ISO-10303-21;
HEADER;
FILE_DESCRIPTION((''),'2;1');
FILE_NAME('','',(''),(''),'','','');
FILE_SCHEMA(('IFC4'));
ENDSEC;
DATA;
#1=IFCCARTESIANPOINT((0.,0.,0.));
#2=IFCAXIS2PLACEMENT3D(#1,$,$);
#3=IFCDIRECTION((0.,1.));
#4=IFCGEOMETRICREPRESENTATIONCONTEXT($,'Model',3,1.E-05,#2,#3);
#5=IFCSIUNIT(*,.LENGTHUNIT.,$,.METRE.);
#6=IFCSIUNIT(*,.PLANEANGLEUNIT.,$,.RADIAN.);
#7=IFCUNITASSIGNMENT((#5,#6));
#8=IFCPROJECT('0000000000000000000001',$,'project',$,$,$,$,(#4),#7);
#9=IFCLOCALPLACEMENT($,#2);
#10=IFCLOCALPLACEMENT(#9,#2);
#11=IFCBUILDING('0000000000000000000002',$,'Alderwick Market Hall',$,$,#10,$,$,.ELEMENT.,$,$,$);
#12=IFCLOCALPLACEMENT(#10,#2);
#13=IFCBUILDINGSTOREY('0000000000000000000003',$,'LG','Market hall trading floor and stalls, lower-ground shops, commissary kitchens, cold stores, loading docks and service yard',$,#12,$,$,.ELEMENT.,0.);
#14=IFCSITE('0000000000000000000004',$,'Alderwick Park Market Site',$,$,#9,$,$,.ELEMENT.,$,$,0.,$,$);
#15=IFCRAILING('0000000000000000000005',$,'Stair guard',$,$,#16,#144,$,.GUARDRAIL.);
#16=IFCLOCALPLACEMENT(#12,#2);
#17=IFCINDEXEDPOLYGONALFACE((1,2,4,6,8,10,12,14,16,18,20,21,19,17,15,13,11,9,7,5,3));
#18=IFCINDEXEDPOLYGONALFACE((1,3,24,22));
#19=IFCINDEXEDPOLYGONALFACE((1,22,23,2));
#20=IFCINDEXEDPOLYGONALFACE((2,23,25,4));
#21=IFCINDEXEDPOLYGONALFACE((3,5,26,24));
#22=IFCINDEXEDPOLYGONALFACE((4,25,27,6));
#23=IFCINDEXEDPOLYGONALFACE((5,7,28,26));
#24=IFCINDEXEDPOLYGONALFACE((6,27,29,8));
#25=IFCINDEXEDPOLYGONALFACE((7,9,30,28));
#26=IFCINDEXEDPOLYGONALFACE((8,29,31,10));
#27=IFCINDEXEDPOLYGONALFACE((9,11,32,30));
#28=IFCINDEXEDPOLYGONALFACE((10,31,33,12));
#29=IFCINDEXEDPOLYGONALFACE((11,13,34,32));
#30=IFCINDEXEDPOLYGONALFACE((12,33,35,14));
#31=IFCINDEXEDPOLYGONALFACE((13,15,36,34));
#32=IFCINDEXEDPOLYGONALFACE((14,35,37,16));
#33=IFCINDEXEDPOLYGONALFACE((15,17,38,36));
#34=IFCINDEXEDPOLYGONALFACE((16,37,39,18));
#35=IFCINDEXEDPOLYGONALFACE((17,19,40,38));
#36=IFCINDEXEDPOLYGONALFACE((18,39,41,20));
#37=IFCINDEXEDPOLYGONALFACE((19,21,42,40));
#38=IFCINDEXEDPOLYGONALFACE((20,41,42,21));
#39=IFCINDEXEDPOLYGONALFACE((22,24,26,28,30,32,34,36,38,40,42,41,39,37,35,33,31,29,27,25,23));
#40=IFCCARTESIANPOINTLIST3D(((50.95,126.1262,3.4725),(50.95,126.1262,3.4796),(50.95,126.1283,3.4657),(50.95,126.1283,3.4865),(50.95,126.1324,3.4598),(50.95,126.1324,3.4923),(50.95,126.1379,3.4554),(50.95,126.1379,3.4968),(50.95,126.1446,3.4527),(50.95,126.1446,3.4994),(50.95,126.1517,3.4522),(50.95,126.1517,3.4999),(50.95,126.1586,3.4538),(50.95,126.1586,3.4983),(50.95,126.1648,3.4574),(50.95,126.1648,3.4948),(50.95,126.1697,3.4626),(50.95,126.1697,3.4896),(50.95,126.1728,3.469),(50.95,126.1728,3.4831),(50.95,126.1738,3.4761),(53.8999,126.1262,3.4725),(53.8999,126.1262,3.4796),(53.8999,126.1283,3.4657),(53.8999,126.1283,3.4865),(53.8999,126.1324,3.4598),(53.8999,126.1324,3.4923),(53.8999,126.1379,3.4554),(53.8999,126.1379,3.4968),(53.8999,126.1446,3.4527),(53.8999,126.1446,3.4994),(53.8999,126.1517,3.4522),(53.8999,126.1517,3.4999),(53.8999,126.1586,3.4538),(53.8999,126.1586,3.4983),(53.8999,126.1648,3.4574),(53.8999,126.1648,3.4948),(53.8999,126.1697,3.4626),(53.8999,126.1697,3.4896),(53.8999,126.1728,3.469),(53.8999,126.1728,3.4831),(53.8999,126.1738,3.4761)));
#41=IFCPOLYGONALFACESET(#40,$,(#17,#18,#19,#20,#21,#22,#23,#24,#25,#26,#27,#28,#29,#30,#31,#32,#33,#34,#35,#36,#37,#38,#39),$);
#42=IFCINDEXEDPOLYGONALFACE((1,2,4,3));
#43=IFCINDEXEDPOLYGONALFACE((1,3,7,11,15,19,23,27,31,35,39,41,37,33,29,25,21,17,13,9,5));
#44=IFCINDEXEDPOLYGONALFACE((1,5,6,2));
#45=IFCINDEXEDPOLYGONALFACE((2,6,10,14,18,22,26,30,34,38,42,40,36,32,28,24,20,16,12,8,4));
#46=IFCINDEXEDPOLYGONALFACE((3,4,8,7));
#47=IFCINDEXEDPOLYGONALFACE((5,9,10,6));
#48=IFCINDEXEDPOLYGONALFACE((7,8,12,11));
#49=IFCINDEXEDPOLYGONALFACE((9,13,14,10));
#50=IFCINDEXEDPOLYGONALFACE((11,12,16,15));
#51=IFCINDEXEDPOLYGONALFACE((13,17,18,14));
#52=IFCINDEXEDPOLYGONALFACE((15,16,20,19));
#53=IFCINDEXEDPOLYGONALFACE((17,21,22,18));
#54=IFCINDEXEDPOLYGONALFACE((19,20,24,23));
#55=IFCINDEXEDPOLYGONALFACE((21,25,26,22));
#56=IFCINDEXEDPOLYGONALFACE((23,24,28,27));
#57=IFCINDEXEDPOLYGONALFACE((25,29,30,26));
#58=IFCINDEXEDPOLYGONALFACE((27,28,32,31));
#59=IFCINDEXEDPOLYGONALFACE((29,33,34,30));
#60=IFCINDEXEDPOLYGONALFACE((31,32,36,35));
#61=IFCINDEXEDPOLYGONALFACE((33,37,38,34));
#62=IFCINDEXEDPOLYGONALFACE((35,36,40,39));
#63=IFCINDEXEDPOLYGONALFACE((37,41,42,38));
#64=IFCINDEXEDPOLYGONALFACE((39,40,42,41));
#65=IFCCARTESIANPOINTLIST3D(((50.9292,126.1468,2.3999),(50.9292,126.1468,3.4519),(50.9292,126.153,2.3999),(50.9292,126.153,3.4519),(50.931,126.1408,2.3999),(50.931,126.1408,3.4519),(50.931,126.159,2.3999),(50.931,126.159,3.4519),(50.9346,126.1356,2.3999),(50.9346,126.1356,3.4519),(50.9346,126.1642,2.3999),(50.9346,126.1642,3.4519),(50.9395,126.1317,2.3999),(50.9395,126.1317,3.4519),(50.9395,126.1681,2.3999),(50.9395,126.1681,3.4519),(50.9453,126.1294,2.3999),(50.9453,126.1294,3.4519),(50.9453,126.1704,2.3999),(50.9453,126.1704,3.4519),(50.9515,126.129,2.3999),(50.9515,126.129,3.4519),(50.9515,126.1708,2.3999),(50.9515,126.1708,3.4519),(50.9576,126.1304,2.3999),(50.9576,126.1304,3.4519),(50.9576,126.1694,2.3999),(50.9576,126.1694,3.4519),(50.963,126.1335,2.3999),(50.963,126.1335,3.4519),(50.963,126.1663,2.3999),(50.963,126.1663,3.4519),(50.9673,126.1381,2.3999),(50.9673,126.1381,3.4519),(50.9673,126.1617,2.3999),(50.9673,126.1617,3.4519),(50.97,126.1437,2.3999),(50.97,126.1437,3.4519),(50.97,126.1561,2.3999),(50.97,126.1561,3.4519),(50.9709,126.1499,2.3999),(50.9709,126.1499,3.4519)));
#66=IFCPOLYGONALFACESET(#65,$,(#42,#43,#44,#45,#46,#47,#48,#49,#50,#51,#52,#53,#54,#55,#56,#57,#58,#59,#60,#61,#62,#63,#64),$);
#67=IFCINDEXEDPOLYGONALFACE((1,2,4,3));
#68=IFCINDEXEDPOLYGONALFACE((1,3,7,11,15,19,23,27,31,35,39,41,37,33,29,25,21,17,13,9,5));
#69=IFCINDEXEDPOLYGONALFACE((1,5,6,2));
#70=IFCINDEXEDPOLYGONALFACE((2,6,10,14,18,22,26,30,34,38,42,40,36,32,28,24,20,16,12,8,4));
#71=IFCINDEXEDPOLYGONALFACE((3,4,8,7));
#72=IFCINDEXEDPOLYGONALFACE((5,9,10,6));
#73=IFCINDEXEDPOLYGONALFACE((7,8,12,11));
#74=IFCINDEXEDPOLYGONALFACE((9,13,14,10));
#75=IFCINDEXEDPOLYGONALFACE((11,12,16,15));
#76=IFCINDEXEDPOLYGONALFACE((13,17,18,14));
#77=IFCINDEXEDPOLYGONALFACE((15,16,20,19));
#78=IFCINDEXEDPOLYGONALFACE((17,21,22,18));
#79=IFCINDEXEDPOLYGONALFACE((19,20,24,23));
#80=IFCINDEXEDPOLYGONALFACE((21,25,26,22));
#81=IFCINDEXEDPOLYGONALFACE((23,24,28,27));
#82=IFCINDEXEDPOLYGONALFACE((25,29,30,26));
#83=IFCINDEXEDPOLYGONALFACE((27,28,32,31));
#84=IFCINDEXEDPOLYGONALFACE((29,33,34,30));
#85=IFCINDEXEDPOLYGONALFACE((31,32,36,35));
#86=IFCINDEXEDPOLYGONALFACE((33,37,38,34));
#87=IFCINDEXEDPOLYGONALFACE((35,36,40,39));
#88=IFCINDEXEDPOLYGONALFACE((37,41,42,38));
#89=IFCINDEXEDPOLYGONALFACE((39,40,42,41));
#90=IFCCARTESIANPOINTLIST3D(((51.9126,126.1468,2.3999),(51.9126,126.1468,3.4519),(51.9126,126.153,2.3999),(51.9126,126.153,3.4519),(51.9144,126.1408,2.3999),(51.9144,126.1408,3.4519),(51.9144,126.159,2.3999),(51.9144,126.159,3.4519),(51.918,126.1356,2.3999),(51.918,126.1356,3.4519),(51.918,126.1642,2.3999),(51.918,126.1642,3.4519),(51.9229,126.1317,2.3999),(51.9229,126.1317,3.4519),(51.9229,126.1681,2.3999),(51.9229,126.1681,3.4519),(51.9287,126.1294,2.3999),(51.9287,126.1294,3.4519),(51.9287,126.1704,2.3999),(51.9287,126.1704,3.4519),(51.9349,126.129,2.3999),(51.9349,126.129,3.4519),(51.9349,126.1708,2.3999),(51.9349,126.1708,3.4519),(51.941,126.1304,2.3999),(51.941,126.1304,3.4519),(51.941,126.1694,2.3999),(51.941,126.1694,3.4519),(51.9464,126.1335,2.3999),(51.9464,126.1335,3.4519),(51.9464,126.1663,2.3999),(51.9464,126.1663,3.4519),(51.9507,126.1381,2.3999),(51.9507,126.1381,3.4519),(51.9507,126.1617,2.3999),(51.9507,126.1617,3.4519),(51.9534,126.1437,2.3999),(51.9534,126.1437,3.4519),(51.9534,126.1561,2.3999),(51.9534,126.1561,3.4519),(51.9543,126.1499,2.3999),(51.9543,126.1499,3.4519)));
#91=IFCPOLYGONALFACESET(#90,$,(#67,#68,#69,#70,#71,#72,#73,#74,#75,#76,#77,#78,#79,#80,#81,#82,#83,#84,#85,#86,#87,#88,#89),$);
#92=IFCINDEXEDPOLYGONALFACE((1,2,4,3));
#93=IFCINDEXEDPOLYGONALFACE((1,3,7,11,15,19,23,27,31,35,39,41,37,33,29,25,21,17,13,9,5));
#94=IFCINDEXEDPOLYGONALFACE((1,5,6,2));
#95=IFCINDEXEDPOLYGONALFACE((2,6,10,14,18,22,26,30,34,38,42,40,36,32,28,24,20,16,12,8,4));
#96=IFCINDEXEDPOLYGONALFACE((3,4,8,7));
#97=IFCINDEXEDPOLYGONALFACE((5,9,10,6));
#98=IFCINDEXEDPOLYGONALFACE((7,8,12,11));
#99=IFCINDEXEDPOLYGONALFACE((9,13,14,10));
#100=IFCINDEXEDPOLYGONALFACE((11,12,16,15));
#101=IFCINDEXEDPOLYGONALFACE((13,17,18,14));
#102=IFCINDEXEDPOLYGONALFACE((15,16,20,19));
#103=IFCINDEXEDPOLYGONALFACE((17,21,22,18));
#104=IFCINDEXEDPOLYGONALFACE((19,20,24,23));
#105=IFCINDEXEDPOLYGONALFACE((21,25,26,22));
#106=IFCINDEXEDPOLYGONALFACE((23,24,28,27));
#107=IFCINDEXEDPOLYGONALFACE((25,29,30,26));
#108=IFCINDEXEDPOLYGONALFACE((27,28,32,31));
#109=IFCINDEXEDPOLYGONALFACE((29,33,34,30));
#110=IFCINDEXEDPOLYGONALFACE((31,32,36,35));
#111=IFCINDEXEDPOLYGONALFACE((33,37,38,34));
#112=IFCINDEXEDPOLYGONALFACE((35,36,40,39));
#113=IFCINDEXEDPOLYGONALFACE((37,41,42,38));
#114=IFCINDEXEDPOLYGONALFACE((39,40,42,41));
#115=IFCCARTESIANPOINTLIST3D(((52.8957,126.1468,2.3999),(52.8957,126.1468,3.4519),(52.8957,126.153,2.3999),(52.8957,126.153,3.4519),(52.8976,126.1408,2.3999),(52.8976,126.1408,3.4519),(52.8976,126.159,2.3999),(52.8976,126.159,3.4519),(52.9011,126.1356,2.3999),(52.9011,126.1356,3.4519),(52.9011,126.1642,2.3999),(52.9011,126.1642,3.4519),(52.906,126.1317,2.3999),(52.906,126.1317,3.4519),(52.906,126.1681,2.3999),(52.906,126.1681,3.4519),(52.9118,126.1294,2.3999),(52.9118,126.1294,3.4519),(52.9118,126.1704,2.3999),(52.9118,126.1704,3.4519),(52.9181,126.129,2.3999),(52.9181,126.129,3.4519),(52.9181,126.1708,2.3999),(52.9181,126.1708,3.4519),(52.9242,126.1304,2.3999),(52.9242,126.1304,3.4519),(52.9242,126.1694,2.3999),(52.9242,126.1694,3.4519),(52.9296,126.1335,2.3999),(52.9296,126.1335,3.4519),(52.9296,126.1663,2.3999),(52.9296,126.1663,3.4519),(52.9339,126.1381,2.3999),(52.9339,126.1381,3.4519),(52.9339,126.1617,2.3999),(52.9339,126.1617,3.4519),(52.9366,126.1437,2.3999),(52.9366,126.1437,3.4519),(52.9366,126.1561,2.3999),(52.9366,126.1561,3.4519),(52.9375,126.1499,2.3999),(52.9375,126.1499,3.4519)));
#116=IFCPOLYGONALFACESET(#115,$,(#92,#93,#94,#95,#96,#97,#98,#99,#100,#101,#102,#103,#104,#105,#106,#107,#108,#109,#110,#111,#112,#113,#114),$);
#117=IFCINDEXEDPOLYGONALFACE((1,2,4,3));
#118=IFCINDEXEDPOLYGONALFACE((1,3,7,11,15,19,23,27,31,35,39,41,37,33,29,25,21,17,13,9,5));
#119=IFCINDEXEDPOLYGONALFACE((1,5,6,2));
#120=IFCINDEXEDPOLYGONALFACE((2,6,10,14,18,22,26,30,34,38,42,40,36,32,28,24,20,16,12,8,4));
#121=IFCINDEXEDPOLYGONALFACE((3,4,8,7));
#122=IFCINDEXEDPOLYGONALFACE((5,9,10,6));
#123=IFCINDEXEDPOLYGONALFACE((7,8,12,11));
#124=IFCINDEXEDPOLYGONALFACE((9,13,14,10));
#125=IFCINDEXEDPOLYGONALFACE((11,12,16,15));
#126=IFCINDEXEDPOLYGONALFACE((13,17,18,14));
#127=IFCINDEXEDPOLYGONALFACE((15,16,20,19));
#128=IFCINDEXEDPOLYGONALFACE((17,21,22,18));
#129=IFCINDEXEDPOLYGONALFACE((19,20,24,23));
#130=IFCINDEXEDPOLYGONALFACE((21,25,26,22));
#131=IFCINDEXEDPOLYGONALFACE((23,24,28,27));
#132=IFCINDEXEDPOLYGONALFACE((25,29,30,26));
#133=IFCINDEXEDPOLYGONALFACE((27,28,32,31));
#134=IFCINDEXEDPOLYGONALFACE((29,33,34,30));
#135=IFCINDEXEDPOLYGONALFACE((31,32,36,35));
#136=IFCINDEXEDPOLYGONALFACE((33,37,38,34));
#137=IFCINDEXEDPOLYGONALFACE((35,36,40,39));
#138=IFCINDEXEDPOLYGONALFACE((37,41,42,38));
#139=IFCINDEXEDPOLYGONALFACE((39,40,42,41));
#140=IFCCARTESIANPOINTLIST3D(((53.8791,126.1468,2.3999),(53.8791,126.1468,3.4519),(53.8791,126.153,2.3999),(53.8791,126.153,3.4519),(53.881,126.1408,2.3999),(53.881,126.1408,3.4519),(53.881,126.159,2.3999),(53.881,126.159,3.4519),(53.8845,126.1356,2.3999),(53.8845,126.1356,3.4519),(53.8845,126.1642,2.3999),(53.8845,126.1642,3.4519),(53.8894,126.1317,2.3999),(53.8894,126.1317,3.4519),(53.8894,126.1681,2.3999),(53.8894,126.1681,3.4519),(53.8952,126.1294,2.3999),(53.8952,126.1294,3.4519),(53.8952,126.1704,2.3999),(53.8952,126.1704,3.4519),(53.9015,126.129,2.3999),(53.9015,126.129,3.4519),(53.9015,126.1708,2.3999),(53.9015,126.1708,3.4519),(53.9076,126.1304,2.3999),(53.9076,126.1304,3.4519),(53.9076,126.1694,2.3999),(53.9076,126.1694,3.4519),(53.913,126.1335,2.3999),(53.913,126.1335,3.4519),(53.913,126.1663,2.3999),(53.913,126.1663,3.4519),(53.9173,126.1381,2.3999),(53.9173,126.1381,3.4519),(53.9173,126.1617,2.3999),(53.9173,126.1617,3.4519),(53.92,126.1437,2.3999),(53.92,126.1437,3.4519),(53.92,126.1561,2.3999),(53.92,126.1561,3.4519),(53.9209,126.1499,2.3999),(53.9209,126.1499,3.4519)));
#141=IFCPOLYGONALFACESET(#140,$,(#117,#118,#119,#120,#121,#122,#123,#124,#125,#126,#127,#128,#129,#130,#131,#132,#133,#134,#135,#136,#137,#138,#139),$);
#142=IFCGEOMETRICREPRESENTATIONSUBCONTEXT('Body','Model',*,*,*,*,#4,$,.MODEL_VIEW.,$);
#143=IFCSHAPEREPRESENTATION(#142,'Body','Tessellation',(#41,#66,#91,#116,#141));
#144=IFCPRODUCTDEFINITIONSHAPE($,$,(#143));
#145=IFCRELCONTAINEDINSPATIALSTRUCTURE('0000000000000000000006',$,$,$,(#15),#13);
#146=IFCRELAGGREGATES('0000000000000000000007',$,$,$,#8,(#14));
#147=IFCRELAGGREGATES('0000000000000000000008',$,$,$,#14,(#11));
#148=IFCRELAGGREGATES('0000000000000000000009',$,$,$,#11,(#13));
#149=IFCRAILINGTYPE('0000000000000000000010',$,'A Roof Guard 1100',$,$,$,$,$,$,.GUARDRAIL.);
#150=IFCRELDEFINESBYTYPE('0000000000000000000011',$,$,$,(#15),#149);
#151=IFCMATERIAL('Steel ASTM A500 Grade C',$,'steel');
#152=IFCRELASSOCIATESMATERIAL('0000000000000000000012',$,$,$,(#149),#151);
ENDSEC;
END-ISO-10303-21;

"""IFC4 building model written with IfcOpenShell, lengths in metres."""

from ifc_helpers import new_model, si_unit, direction, frame, origin, origin_2d, place, context, subcontext, project, spatial, circle, extrude, material, type_object, element, save


model = new_model("IFC4")

# Units and contexts
model_context = context("Model", 3, precision=1e-05, world=origin(), true_north=direction((0.0, 1.0)))
body_context = subcontext(model_context, "Body", "Model", "MODEL_VIEW")
ifc_project = project(units=[si_unit("LENGTHUNIT", "METRE"), si_unit("PLANEANGLEUNIT", "RADIAN")], contexts=[model_context])

# Site, building, storey
site_placement = place(None, origin())
site = spatial("IfcSite", under=ifc_project, at=site_placement, Name="Alderwick Park Market Site", CompositionType="ELEMENT", RefElevation=0.0)
building_placement = place(site_placement, origin())
building = spatial("IfcBuilding", under=site, at=building_placement, Name="Alderwick Market Hall", CompositionType="ELEMENT")
storey_placement = place(building_placement, origin())
storey = spatial("IfcBuildingStorey", under=building, at=storey_placement, Name="LG", Description="Market hall trading floor and stalls, lower-ground shops, commissary kitchens, cold stores, loading docks and service yard", CompositionType="ELEMENT", Elevation=0.0)

# Railing
ifc_material_1 = material(Name="Steel ASTM A500 Grade C", Category="steel")
railing_type = type_object("IfcRailingType", Name="A Roof Guard 1100", PredefinedType="GUARDRAIL", material=ifc_material_1)
railing_1_placement = place(storey_placement, frame((50.95, 126.1499, 2.3999)))
element("IfcRailing", 1, at=railing_1_placement, inside=storey, type_object=railing_type, Name="Stair guard", PredefinedType="GUARDRAIL", context=body_context, shape_type="SweptSolid", body=[
    extrude(circle(Radius=0.0239, at=origin_2d()), frame((0.0, 0.0, 1.0762), z_axis=(1.0, 0.0, 0.0), x_axis=(0.0, 1.0, 0.0)), (0.0, 0.0, 1.0), 2.95),
    extrude(circle(Radius=0.021, at=origin_2d()), origin(), (0.0, 0.0, 1.0), 1.052),
    extrude(circle(Radius=0.021, at=origin_2d()), frame((0.9834, 0.0, 0.0)), (0.0, 0.0, 1.0), 1.052),
    extrude(circle(Radius=0.021, at=origin_2d()), frame((1.9666, 0.0, 0.0)), (0.0, 0.0, 1.0), 1.052),
    extrude(circle(Radius=0.021, at=origin_2d()), frame((2.95, 0.0, 0.0)), (0.0, 0.0, 1.0), 1.052),
])

save(model, "model.ifc")
